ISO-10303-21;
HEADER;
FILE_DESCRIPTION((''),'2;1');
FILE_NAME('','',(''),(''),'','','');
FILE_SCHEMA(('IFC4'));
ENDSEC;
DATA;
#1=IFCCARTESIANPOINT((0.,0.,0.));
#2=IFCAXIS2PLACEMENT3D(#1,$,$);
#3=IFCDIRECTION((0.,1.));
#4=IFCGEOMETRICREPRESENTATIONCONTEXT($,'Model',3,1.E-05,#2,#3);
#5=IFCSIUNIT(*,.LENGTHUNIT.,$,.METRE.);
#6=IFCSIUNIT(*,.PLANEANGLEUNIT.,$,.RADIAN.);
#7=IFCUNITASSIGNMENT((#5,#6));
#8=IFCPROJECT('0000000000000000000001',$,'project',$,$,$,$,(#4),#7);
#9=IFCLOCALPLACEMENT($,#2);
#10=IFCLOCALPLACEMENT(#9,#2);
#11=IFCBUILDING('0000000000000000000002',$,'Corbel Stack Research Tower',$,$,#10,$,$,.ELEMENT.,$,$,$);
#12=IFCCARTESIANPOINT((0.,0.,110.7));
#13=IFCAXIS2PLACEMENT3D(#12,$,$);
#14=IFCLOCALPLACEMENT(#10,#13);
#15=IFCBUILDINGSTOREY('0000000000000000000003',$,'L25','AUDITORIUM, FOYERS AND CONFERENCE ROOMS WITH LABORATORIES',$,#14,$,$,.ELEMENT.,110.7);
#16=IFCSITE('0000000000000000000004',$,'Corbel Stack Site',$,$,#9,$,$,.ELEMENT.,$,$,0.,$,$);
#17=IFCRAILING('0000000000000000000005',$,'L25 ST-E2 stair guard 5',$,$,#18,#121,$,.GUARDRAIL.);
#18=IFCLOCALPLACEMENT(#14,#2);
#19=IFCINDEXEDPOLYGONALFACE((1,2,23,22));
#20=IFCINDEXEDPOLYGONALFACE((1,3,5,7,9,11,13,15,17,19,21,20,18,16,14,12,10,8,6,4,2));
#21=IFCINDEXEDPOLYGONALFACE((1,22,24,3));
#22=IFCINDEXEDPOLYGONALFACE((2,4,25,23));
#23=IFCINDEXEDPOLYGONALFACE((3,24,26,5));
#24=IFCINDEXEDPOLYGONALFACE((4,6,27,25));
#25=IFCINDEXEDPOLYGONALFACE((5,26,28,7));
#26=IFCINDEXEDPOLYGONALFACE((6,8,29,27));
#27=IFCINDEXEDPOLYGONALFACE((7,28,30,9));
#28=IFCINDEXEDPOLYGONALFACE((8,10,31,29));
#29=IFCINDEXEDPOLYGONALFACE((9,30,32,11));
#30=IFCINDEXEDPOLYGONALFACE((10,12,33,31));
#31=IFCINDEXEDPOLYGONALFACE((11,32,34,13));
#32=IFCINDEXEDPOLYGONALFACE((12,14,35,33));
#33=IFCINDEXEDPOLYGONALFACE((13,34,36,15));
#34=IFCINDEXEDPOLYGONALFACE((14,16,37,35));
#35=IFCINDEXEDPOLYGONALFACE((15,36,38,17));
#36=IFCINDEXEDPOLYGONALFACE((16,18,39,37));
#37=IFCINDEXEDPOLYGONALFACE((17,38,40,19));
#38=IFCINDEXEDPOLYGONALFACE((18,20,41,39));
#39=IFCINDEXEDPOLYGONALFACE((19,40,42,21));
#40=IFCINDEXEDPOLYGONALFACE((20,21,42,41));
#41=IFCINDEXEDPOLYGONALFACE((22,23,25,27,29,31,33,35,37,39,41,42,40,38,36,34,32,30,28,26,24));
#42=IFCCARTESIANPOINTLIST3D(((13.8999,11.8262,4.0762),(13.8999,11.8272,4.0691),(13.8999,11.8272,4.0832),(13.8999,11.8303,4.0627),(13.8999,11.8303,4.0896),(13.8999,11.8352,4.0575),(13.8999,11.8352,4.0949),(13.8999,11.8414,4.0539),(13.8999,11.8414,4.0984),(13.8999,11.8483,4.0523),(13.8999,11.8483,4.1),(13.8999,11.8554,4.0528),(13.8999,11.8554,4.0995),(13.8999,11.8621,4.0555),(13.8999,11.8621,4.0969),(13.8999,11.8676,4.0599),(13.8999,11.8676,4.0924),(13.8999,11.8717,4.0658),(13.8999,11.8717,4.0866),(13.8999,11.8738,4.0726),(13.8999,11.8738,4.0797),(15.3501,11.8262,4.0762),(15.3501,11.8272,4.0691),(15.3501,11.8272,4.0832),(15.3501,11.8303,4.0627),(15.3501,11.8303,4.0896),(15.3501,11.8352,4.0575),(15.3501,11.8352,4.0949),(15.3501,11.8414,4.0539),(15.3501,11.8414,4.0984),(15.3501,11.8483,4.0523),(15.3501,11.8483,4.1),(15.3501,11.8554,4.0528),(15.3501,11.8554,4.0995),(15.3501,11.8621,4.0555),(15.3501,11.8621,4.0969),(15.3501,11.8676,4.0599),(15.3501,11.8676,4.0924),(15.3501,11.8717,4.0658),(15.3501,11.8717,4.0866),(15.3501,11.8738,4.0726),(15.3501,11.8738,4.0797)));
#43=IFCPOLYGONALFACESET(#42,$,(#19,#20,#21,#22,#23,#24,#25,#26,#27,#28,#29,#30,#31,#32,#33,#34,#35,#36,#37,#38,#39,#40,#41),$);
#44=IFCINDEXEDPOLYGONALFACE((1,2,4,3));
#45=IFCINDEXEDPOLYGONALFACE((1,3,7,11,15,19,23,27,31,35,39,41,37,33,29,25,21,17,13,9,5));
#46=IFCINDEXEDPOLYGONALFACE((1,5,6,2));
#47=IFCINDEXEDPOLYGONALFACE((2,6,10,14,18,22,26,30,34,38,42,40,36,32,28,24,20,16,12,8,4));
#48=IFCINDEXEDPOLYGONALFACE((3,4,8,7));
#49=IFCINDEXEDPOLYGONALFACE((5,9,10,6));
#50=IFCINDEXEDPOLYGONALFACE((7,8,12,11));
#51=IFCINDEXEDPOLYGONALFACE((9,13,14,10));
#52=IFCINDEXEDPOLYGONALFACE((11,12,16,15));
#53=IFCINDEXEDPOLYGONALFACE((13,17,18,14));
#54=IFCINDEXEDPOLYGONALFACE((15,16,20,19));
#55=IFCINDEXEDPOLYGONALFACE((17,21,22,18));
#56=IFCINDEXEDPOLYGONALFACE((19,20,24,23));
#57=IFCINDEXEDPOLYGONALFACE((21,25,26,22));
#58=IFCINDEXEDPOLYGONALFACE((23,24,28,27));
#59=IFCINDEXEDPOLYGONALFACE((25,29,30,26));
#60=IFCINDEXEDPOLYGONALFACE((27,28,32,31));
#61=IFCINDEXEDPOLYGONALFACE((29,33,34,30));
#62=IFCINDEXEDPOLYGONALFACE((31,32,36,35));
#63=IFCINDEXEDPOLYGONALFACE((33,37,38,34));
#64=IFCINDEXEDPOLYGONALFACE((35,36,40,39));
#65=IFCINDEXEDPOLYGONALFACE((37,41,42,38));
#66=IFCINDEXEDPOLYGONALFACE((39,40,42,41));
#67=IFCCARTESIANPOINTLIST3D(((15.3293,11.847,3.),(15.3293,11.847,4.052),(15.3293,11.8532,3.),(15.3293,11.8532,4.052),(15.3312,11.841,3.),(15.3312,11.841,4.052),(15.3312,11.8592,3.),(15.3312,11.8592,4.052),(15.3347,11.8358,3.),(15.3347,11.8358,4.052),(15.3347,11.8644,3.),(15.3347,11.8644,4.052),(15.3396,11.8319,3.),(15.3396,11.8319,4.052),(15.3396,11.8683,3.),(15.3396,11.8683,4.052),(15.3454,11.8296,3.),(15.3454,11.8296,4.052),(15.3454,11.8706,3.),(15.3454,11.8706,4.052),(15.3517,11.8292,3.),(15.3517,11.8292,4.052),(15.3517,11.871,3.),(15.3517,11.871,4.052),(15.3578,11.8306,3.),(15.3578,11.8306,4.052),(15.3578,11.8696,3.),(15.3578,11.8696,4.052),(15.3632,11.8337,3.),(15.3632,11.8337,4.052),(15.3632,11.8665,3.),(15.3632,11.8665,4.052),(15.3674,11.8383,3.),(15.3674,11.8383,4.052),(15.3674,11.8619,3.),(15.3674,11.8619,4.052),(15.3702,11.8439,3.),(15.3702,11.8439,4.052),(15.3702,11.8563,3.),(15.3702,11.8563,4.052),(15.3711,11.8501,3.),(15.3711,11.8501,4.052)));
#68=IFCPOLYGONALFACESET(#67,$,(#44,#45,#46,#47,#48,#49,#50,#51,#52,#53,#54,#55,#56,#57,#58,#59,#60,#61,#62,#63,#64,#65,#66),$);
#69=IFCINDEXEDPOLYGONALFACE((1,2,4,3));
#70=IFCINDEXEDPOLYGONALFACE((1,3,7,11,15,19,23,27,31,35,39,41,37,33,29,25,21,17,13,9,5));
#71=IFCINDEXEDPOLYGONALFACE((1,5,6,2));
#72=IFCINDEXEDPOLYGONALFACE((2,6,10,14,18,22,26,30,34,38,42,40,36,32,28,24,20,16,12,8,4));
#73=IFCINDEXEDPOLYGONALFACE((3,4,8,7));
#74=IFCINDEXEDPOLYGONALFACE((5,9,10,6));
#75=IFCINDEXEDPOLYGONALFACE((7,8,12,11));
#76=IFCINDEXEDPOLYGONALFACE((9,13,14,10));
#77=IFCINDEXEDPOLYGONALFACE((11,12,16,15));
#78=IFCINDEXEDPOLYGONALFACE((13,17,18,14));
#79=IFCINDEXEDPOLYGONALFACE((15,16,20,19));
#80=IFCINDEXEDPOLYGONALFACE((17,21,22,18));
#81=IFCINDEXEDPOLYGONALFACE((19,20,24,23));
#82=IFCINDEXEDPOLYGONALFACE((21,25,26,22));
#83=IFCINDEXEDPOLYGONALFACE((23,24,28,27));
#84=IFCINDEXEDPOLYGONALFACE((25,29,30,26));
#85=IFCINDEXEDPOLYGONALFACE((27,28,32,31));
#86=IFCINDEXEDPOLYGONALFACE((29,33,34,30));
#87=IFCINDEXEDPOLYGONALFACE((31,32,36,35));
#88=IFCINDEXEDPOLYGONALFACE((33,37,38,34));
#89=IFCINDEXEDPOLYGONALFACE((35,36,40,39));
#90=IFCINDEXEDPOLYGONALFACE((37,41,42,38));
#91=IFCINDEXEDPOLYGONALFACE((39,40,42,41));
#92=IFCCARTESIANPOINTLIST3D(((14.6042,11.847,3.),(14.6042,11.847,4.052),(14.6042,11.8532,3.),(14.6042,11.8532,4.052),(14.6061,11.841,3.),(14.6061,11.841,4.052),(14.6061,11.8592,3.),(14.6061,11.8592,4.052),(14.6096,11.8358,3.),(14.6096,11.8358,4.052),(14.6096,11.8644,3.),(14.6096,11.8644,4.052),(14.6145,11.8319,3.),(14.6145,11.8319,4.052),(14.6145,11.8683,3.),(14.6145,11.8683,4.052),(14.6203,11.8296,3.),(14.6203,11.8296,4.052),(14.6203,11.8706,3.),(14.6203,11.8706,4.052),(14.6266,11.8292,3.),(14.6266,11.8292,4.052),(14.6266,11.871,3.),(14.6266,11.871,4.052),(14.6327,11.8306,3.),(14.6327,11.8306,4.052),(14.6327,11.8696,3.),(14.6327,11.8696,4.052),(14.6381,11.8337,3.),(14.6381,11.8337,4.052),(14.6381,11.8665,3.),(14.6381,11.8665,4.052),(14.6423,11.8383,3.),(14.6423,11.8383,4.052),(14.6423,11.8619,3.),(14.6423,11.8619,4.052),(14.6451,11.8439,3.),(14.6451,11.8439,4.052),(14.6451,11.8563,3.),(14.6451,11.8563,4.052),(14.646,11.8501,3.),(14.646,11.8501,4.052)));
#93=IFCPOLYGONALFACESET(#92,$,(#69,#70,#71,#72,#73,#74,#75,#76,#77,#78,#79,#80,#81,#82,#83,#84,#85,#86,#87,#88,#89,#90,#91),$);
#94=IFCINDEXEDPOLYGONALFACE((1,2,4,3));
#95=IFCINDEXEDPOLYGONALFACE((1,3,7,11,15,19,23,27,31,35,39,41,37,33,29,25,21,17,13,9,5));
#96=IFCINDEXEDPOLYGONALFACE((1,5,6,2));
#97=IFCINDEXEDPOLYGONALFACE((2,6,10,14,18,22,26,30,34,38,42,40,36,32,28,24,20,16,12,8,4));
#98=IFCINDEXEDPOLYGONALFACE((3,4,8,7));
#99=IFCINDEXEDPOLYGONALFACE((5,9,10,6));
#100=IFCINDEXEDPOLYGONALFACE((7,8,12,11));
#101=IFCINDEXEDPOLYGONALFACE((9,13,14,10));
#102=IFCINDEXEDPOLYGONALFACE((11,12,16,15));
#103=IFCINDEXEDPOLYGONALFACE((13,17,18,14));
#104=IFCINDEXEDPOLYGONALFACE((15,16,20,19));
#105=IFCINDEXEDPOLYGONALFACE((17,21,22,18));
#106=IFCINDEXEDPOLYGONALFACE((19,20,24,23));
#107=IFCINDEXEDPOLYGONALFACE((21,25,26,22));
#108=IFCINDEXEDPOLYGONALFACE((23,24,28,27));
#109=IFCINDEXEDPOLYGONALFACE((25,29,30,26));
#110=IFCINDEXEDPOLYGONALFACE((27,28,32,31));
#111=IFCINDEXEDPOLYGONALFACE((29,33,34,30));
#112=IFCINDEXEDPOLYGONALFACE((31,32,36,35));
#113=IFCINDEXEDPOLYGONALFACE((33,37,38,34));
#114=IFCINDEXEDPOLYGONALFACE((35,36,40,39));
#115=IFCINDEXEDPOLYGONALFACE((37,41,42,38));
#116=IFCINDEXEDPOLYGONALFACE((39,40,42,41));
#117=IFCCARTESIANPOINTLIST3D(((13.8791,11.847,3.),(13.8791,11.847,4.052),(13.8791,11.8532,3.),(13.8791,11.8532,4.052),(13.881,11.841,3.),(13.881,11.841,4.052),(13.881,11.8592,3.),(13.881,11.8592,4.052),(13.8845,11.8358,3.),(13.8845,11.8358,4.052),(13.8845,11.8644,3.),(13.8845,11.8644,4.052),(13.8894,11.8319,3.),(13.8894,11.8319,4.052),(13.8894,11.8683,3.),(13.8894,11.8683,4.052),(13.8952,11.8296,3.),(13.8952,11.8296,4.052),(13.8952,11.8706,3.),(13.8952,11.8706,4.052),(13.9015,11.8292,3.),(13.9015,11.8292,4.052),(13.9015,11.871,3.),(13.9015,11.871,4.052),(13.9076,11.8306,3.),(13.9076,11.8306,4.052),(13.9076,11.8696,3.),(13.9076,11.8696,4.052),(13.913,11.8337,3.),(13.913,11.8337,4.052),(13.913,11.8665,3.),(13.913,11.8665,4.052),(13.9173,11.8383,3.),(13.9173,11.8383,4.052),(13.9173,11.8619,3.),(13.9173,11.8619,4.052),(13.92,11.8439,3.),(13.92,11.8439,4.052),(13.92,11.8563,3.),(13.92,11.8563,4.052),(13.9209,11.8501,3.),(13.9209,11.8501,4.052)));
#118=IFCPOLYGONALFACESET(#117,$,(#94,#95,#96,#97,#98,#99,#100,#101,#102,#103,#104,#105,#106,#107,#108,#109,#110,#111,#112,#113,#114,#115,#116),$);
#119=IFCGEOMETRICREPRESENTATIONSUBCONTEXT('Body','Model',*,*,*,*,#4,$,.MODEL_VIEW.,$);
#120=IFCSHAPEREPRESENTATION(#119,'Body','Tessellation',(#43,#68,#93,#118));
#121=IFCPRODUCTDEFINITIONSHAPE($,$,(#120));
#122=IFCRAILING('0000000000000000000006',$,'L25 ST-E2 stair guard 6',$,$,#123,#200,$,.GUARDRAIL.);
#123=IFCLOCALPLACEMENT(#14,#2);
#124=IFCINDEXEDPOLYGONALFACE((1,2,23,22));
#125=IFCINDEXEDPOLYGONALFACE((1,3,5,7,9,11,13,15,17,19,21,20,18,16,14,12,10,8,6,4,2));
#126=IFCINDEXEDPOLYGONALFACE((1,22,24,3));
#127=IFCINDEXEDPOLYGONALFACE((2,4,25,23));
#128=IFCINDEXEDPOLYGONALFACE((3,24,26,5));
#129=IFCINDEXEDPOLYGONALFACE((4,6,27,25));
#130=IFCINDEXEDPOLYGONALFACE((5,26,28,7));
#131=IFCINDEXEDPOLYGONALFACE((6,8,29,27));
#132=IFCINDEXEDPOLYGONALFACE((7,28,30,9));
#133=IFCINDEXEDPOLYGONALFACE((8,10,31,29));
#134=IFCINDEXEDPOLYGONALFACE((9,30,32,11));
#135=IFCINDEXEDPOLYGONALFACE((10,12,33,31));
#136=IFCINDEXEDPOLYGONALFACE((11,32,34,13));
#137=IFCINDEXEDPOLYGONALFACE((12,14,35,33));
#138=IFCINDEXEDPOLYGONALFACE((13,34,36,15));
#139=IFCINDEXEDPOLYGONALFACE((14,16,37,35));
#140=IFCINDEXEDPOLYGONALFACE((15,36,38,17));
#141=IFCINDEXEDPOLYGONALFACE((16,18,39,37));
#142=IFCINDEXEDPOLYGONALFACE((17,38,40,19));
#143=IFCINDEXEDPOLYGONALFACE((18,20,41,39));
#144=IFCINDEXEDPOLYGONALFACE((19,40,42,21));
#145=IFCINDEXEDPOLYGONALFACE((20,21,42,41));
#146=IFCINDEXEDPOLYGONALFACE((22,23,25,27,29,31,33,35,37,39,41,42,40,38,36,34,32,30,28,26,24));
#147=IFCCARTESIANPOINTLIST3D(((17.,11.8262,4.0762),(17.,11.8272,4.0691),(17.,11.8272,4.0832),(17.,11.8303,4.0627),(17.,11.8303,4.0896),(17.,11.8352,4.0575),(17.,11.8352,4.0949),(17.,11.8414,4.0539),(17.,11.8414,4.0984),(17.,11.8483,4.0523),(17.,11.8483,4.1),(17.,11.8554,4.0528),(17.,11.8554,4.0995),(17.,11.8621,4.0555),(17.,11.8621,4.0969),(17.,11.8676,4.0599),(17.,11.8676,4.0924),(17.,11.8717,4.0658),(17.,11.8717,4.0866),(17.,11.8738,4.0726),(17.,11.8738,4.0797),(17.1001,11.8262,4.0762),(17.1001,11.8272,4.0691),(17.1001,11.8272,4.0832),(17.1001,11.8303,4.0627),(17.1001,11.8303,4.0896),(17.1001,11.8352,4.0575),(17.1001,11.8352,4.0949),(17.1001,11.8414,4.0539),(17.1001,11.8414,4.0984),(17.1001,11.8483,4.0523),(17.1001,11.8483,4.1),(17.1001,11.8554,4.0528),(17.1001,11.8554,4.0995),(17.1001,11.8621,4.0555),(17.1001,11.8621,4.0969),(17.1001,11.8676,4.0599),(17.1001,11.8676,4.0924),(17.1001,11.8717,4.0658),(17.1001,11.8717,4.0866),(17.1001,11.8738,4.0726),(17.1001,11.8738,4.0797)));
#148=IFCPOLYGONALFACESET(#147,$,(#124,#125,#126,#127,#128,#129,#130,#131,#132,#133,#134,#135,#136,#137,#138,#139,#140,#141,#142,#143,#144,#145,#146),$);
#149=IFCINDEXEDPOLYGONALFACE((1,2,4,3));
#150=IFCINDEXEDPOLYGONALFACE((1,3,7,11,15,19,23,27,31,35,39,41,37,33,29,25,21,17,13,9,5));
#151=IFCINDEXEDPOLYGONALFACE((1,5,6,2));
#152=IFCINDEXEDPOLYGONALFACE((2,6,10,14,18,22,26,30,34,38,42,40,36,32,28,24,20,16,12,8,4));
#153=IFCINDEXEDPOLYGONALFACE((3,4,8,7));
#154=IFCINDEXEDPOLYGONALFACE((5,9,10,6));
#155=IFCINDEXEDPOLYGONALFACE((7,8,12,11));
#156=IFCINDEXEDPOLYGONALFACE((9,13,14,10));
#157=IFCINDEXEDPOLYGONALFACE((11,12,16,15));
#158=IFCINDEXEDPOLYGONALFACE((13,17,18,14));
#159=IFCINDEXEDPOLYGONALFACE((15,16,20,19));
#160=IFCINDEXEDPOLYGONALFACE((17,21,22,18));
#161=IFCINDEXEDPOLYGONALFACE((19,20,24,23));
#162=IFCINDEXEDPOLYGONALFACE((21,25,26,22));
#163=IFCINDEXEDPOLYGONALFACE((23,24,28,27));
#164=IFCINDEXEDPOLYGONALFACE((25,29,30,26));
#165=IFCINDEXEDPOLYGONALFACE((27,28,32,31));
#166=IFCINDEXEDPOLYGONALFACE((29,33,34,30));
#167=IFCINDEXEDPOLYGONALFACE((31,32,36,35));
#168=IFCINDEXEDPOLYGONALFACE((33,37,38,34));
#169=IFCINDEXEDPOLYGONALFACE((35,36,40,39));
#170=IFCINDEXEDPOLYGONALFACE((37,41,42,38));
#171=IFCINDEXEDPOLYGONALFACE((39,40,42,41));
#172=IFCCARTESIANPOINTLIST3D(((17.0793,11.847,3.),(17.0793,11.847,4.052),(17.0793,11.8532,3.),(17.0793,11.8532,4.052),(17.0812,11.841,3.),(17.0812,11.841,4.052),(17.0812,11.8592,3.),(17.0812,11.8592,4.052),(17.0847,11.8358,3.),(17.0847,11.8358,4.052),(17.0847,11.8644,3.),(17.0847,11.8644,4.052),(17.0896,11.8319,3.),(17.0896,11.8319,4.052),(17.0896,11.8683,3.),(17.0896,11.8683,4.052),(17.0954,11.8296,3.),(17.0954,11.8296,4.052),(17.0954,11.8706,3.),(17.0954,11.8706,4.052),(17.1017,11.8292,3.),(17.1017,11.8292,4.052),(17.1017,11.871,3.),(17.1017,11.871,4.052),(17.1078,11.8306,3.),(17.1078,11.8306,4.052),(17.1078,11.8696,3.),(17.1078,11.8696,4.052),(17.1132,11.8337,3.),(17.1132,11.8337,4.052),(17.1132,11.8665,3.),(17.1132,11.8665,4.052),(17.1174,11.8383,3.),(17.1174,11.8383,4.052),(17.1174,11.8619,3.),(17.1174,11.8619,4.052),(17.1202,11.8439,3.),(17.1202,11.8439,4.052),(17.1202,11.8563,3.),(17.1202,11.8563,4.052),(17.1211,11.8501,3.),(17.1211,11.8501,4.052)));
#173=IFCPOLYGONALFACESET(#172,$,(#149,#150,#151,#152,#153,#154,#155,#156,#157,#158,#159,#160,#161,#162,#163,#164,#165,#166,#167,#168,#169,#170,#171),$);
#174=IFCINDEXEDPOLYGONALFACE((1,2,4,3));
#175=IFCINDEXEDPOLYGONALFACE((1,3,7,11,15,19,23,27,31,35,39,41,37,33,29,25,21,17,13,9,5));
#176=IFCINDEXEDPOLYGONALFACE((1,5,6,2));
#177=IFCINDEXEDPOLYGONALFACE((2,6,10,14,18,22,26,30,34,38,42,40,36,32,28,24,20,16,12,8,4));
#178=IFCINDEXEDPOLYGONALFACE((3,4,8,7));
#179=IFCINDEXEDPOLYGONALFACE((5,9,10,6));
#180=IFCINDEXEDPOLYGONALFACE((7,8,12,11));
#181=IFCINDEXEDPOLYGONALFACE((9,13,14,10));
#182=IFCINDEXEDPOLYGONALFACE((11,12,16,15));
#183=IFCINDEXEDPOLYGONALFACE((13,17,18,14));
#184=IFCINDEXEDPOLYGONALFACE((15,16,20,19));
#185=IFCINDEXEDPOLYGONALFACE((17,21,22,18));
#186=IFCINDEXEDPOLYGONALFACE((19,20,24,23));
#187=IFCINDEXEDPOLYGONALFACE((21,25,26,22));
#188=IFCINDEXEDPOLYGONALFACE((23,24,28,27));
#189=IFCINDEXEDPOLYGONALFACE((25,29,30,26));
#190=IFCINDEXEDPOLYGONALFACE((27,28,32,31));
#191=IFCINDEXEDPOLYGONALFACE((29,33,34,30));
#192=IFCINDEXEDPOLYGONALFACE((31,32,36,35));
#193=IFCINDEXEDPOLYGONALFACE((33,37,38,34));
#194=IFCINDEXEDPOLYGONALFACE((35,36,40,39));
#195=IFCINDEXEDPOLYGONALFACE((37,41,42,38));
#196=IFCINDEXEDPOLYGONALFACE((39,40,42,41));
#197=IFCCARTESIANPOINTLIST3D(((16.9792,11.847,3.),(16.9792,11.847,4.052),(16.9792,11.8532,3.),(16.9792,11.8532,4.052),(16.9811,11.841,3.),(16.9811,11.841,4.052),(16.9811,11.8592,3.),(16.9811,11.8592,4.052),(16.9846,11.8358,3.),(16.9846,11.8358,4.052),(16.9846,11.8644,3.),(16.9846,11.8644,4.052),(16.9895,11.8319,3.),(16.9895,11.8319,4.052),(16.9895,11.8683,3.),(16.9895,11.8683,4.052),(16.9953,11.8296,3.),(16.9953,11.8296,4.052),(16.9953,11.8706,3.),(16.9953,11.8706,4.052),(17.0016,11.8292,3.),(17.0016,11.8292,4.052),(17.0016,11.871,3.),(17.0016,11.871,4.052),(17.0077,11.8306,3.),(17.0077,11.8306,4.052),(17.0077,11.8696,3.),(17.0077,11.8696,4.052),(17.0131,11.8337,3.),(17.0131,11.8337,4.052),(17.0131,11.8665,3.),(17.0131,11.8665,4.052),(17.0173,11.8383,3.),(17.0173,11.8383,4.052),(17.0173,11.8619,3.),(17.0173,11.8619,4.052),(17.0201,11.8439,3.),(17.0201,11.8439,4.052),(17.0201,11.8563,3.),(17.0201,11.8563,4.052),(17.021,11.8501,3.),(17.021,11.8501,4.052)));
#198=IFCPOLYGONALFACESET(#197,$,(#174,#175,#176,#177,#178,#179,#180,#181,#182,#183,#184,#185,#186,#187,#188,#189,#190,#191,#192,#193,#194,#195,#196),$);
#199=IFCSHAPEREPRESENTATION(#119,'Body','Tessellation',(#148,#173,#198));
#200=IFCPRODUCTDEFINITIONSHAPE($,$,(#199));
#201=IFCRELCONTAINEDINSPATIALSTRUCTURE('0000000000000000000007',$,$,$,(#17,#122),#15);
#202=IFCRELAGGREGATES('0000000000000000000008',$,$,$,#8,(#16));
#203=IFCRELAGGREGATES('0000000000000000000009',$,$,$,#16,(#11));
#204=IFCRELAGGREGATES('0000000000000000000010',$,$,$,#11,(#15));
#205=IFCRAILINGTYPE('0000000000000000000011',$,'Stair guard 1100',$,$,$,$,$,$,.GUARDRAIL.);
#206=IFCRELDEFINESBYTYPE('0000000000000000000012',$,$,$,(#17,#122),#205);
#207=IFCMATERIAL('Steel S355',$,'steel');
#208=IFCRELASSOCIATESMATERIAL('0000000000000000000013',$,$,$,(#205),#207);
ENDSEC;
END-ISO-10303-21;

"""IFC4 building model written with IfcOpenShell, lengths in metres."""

from ifc_helpers import new_model, si_unit, direction, frame, origin, origin_2d, place, context, subcontext, project, spatial, circle, extrude, material, type_object, element, save


model = new_model("IFC4")

# Units and contexts
model_context = context("Model", 3, precision=1e-05, world=origin(), true_north=direction((0.0, 1.0)))
body_context = subcontext(model_context, "Body", "Model", "MODEL_VIEW")
ifc_project = project(units=[si_unit("LENGTHUNIT", "METRE"), si_unit("PLANEANGLEUNIT", "RADIAN")], contexts=[model_context])

# Site, building, storey
site_placement = place(None, origin())
site = spatial("IfcSite", under=ifc_project, at=site_placement, Name="Corbel Stack Site", CompositionType="ELEMENT", RefElevation=0.0)
building_placement = place(site_placement, origin())
building = spatial("IfcBuilding", under=site, at=building_placement, Name="Corbel Stack Research Tower", CompositionType="ELEMENT")
storey_placement = place(building_placement, frame((0.0, 0.0, 110.7)))
storey = spatial("IfcBuildingStorey", under=building, at=storey_placement, Name="L25", Description="AUDITORIUM, FOYERS AND CONFERENCE ROOMS WITH LABORATORIES", CompositionType="ELEMENT", Elevation=110.7)

# Railings
ifc_material_1 = material(Name="Steel S355", Category="steel")
railing_type_1 = type_object("IfcRailingType", Name="Stair guard 1100", PredefinedType="GUARDRAIL", material=ifc_material_1)
railing_1_placement = place(storey_placement, frame((15.3501, 11.8501, 3.0)))
element("IfcRailing", 1, at=railing_1_placement, inside=storey, type_object=railing_type_1, Name="L25 ST-E2 stair guard 5", PredefinedType="GUARDRAIL", context=body_context, shape_type="SweptSolid", body=[
    extrude(circle(Radius=0.0239, at=origin_2d()), frame((0.0, 0.0, 1.0762), z_axis=(-1.0, 0.0, 0.0), x_axis=(0.0, -1.0, 0.0)), (0.0, 0.0, 1.0), 1.4502),
    extrude(circle(Radius=0.021, at=origin_2d()), origin(), (0.0, 0.0, 1.0), 1.052),
    extrude(circle(Radius=0.021, at=origin_2d()), frame((-0.7251, 0.0, 0.0)), (0.0, 0.0, 1.0), 1.052),
    extrude(circle(Radius=0.021, at=origin_2d()), frame((-1.4502, 0.0, 0.0)), (0.0, 0.0, 1.0), 1.052),
])
railing_2_placement = place(storey_placement, frame((17.1001, 11.8501, 3.0)))
element("IfcRailing", 2, at=railing_2_placement, inside=storey, type_object=railing_type_1, Name="L25 ST-E2 stair guard 6", PredefinedType="GUARDRAIL", context=body_context, shape_type="SweptSolid", body=[
    extrude(circle(Radius=0.0239, at=origin_2d()), frame((0.0, 0.0, 1.0762), z_axis=(-1.0, 0.0, 0.0), x_axis=(0.0, -1.0, 0.0)), (0.0, 0.0, 1.0), 0.1001),
    extrude(circle(Radius=0.021, at=origin_2d()), origin(), (0.0, 0.0, 1.0), 1.052),
    extrude(circle(Radius=0.021, at=origin_2d()), frame((-0.1001, 0.0, 0.0)), (0.0, 0.0, 1.0), 1.052),
])

save(model, "model.ifc")
